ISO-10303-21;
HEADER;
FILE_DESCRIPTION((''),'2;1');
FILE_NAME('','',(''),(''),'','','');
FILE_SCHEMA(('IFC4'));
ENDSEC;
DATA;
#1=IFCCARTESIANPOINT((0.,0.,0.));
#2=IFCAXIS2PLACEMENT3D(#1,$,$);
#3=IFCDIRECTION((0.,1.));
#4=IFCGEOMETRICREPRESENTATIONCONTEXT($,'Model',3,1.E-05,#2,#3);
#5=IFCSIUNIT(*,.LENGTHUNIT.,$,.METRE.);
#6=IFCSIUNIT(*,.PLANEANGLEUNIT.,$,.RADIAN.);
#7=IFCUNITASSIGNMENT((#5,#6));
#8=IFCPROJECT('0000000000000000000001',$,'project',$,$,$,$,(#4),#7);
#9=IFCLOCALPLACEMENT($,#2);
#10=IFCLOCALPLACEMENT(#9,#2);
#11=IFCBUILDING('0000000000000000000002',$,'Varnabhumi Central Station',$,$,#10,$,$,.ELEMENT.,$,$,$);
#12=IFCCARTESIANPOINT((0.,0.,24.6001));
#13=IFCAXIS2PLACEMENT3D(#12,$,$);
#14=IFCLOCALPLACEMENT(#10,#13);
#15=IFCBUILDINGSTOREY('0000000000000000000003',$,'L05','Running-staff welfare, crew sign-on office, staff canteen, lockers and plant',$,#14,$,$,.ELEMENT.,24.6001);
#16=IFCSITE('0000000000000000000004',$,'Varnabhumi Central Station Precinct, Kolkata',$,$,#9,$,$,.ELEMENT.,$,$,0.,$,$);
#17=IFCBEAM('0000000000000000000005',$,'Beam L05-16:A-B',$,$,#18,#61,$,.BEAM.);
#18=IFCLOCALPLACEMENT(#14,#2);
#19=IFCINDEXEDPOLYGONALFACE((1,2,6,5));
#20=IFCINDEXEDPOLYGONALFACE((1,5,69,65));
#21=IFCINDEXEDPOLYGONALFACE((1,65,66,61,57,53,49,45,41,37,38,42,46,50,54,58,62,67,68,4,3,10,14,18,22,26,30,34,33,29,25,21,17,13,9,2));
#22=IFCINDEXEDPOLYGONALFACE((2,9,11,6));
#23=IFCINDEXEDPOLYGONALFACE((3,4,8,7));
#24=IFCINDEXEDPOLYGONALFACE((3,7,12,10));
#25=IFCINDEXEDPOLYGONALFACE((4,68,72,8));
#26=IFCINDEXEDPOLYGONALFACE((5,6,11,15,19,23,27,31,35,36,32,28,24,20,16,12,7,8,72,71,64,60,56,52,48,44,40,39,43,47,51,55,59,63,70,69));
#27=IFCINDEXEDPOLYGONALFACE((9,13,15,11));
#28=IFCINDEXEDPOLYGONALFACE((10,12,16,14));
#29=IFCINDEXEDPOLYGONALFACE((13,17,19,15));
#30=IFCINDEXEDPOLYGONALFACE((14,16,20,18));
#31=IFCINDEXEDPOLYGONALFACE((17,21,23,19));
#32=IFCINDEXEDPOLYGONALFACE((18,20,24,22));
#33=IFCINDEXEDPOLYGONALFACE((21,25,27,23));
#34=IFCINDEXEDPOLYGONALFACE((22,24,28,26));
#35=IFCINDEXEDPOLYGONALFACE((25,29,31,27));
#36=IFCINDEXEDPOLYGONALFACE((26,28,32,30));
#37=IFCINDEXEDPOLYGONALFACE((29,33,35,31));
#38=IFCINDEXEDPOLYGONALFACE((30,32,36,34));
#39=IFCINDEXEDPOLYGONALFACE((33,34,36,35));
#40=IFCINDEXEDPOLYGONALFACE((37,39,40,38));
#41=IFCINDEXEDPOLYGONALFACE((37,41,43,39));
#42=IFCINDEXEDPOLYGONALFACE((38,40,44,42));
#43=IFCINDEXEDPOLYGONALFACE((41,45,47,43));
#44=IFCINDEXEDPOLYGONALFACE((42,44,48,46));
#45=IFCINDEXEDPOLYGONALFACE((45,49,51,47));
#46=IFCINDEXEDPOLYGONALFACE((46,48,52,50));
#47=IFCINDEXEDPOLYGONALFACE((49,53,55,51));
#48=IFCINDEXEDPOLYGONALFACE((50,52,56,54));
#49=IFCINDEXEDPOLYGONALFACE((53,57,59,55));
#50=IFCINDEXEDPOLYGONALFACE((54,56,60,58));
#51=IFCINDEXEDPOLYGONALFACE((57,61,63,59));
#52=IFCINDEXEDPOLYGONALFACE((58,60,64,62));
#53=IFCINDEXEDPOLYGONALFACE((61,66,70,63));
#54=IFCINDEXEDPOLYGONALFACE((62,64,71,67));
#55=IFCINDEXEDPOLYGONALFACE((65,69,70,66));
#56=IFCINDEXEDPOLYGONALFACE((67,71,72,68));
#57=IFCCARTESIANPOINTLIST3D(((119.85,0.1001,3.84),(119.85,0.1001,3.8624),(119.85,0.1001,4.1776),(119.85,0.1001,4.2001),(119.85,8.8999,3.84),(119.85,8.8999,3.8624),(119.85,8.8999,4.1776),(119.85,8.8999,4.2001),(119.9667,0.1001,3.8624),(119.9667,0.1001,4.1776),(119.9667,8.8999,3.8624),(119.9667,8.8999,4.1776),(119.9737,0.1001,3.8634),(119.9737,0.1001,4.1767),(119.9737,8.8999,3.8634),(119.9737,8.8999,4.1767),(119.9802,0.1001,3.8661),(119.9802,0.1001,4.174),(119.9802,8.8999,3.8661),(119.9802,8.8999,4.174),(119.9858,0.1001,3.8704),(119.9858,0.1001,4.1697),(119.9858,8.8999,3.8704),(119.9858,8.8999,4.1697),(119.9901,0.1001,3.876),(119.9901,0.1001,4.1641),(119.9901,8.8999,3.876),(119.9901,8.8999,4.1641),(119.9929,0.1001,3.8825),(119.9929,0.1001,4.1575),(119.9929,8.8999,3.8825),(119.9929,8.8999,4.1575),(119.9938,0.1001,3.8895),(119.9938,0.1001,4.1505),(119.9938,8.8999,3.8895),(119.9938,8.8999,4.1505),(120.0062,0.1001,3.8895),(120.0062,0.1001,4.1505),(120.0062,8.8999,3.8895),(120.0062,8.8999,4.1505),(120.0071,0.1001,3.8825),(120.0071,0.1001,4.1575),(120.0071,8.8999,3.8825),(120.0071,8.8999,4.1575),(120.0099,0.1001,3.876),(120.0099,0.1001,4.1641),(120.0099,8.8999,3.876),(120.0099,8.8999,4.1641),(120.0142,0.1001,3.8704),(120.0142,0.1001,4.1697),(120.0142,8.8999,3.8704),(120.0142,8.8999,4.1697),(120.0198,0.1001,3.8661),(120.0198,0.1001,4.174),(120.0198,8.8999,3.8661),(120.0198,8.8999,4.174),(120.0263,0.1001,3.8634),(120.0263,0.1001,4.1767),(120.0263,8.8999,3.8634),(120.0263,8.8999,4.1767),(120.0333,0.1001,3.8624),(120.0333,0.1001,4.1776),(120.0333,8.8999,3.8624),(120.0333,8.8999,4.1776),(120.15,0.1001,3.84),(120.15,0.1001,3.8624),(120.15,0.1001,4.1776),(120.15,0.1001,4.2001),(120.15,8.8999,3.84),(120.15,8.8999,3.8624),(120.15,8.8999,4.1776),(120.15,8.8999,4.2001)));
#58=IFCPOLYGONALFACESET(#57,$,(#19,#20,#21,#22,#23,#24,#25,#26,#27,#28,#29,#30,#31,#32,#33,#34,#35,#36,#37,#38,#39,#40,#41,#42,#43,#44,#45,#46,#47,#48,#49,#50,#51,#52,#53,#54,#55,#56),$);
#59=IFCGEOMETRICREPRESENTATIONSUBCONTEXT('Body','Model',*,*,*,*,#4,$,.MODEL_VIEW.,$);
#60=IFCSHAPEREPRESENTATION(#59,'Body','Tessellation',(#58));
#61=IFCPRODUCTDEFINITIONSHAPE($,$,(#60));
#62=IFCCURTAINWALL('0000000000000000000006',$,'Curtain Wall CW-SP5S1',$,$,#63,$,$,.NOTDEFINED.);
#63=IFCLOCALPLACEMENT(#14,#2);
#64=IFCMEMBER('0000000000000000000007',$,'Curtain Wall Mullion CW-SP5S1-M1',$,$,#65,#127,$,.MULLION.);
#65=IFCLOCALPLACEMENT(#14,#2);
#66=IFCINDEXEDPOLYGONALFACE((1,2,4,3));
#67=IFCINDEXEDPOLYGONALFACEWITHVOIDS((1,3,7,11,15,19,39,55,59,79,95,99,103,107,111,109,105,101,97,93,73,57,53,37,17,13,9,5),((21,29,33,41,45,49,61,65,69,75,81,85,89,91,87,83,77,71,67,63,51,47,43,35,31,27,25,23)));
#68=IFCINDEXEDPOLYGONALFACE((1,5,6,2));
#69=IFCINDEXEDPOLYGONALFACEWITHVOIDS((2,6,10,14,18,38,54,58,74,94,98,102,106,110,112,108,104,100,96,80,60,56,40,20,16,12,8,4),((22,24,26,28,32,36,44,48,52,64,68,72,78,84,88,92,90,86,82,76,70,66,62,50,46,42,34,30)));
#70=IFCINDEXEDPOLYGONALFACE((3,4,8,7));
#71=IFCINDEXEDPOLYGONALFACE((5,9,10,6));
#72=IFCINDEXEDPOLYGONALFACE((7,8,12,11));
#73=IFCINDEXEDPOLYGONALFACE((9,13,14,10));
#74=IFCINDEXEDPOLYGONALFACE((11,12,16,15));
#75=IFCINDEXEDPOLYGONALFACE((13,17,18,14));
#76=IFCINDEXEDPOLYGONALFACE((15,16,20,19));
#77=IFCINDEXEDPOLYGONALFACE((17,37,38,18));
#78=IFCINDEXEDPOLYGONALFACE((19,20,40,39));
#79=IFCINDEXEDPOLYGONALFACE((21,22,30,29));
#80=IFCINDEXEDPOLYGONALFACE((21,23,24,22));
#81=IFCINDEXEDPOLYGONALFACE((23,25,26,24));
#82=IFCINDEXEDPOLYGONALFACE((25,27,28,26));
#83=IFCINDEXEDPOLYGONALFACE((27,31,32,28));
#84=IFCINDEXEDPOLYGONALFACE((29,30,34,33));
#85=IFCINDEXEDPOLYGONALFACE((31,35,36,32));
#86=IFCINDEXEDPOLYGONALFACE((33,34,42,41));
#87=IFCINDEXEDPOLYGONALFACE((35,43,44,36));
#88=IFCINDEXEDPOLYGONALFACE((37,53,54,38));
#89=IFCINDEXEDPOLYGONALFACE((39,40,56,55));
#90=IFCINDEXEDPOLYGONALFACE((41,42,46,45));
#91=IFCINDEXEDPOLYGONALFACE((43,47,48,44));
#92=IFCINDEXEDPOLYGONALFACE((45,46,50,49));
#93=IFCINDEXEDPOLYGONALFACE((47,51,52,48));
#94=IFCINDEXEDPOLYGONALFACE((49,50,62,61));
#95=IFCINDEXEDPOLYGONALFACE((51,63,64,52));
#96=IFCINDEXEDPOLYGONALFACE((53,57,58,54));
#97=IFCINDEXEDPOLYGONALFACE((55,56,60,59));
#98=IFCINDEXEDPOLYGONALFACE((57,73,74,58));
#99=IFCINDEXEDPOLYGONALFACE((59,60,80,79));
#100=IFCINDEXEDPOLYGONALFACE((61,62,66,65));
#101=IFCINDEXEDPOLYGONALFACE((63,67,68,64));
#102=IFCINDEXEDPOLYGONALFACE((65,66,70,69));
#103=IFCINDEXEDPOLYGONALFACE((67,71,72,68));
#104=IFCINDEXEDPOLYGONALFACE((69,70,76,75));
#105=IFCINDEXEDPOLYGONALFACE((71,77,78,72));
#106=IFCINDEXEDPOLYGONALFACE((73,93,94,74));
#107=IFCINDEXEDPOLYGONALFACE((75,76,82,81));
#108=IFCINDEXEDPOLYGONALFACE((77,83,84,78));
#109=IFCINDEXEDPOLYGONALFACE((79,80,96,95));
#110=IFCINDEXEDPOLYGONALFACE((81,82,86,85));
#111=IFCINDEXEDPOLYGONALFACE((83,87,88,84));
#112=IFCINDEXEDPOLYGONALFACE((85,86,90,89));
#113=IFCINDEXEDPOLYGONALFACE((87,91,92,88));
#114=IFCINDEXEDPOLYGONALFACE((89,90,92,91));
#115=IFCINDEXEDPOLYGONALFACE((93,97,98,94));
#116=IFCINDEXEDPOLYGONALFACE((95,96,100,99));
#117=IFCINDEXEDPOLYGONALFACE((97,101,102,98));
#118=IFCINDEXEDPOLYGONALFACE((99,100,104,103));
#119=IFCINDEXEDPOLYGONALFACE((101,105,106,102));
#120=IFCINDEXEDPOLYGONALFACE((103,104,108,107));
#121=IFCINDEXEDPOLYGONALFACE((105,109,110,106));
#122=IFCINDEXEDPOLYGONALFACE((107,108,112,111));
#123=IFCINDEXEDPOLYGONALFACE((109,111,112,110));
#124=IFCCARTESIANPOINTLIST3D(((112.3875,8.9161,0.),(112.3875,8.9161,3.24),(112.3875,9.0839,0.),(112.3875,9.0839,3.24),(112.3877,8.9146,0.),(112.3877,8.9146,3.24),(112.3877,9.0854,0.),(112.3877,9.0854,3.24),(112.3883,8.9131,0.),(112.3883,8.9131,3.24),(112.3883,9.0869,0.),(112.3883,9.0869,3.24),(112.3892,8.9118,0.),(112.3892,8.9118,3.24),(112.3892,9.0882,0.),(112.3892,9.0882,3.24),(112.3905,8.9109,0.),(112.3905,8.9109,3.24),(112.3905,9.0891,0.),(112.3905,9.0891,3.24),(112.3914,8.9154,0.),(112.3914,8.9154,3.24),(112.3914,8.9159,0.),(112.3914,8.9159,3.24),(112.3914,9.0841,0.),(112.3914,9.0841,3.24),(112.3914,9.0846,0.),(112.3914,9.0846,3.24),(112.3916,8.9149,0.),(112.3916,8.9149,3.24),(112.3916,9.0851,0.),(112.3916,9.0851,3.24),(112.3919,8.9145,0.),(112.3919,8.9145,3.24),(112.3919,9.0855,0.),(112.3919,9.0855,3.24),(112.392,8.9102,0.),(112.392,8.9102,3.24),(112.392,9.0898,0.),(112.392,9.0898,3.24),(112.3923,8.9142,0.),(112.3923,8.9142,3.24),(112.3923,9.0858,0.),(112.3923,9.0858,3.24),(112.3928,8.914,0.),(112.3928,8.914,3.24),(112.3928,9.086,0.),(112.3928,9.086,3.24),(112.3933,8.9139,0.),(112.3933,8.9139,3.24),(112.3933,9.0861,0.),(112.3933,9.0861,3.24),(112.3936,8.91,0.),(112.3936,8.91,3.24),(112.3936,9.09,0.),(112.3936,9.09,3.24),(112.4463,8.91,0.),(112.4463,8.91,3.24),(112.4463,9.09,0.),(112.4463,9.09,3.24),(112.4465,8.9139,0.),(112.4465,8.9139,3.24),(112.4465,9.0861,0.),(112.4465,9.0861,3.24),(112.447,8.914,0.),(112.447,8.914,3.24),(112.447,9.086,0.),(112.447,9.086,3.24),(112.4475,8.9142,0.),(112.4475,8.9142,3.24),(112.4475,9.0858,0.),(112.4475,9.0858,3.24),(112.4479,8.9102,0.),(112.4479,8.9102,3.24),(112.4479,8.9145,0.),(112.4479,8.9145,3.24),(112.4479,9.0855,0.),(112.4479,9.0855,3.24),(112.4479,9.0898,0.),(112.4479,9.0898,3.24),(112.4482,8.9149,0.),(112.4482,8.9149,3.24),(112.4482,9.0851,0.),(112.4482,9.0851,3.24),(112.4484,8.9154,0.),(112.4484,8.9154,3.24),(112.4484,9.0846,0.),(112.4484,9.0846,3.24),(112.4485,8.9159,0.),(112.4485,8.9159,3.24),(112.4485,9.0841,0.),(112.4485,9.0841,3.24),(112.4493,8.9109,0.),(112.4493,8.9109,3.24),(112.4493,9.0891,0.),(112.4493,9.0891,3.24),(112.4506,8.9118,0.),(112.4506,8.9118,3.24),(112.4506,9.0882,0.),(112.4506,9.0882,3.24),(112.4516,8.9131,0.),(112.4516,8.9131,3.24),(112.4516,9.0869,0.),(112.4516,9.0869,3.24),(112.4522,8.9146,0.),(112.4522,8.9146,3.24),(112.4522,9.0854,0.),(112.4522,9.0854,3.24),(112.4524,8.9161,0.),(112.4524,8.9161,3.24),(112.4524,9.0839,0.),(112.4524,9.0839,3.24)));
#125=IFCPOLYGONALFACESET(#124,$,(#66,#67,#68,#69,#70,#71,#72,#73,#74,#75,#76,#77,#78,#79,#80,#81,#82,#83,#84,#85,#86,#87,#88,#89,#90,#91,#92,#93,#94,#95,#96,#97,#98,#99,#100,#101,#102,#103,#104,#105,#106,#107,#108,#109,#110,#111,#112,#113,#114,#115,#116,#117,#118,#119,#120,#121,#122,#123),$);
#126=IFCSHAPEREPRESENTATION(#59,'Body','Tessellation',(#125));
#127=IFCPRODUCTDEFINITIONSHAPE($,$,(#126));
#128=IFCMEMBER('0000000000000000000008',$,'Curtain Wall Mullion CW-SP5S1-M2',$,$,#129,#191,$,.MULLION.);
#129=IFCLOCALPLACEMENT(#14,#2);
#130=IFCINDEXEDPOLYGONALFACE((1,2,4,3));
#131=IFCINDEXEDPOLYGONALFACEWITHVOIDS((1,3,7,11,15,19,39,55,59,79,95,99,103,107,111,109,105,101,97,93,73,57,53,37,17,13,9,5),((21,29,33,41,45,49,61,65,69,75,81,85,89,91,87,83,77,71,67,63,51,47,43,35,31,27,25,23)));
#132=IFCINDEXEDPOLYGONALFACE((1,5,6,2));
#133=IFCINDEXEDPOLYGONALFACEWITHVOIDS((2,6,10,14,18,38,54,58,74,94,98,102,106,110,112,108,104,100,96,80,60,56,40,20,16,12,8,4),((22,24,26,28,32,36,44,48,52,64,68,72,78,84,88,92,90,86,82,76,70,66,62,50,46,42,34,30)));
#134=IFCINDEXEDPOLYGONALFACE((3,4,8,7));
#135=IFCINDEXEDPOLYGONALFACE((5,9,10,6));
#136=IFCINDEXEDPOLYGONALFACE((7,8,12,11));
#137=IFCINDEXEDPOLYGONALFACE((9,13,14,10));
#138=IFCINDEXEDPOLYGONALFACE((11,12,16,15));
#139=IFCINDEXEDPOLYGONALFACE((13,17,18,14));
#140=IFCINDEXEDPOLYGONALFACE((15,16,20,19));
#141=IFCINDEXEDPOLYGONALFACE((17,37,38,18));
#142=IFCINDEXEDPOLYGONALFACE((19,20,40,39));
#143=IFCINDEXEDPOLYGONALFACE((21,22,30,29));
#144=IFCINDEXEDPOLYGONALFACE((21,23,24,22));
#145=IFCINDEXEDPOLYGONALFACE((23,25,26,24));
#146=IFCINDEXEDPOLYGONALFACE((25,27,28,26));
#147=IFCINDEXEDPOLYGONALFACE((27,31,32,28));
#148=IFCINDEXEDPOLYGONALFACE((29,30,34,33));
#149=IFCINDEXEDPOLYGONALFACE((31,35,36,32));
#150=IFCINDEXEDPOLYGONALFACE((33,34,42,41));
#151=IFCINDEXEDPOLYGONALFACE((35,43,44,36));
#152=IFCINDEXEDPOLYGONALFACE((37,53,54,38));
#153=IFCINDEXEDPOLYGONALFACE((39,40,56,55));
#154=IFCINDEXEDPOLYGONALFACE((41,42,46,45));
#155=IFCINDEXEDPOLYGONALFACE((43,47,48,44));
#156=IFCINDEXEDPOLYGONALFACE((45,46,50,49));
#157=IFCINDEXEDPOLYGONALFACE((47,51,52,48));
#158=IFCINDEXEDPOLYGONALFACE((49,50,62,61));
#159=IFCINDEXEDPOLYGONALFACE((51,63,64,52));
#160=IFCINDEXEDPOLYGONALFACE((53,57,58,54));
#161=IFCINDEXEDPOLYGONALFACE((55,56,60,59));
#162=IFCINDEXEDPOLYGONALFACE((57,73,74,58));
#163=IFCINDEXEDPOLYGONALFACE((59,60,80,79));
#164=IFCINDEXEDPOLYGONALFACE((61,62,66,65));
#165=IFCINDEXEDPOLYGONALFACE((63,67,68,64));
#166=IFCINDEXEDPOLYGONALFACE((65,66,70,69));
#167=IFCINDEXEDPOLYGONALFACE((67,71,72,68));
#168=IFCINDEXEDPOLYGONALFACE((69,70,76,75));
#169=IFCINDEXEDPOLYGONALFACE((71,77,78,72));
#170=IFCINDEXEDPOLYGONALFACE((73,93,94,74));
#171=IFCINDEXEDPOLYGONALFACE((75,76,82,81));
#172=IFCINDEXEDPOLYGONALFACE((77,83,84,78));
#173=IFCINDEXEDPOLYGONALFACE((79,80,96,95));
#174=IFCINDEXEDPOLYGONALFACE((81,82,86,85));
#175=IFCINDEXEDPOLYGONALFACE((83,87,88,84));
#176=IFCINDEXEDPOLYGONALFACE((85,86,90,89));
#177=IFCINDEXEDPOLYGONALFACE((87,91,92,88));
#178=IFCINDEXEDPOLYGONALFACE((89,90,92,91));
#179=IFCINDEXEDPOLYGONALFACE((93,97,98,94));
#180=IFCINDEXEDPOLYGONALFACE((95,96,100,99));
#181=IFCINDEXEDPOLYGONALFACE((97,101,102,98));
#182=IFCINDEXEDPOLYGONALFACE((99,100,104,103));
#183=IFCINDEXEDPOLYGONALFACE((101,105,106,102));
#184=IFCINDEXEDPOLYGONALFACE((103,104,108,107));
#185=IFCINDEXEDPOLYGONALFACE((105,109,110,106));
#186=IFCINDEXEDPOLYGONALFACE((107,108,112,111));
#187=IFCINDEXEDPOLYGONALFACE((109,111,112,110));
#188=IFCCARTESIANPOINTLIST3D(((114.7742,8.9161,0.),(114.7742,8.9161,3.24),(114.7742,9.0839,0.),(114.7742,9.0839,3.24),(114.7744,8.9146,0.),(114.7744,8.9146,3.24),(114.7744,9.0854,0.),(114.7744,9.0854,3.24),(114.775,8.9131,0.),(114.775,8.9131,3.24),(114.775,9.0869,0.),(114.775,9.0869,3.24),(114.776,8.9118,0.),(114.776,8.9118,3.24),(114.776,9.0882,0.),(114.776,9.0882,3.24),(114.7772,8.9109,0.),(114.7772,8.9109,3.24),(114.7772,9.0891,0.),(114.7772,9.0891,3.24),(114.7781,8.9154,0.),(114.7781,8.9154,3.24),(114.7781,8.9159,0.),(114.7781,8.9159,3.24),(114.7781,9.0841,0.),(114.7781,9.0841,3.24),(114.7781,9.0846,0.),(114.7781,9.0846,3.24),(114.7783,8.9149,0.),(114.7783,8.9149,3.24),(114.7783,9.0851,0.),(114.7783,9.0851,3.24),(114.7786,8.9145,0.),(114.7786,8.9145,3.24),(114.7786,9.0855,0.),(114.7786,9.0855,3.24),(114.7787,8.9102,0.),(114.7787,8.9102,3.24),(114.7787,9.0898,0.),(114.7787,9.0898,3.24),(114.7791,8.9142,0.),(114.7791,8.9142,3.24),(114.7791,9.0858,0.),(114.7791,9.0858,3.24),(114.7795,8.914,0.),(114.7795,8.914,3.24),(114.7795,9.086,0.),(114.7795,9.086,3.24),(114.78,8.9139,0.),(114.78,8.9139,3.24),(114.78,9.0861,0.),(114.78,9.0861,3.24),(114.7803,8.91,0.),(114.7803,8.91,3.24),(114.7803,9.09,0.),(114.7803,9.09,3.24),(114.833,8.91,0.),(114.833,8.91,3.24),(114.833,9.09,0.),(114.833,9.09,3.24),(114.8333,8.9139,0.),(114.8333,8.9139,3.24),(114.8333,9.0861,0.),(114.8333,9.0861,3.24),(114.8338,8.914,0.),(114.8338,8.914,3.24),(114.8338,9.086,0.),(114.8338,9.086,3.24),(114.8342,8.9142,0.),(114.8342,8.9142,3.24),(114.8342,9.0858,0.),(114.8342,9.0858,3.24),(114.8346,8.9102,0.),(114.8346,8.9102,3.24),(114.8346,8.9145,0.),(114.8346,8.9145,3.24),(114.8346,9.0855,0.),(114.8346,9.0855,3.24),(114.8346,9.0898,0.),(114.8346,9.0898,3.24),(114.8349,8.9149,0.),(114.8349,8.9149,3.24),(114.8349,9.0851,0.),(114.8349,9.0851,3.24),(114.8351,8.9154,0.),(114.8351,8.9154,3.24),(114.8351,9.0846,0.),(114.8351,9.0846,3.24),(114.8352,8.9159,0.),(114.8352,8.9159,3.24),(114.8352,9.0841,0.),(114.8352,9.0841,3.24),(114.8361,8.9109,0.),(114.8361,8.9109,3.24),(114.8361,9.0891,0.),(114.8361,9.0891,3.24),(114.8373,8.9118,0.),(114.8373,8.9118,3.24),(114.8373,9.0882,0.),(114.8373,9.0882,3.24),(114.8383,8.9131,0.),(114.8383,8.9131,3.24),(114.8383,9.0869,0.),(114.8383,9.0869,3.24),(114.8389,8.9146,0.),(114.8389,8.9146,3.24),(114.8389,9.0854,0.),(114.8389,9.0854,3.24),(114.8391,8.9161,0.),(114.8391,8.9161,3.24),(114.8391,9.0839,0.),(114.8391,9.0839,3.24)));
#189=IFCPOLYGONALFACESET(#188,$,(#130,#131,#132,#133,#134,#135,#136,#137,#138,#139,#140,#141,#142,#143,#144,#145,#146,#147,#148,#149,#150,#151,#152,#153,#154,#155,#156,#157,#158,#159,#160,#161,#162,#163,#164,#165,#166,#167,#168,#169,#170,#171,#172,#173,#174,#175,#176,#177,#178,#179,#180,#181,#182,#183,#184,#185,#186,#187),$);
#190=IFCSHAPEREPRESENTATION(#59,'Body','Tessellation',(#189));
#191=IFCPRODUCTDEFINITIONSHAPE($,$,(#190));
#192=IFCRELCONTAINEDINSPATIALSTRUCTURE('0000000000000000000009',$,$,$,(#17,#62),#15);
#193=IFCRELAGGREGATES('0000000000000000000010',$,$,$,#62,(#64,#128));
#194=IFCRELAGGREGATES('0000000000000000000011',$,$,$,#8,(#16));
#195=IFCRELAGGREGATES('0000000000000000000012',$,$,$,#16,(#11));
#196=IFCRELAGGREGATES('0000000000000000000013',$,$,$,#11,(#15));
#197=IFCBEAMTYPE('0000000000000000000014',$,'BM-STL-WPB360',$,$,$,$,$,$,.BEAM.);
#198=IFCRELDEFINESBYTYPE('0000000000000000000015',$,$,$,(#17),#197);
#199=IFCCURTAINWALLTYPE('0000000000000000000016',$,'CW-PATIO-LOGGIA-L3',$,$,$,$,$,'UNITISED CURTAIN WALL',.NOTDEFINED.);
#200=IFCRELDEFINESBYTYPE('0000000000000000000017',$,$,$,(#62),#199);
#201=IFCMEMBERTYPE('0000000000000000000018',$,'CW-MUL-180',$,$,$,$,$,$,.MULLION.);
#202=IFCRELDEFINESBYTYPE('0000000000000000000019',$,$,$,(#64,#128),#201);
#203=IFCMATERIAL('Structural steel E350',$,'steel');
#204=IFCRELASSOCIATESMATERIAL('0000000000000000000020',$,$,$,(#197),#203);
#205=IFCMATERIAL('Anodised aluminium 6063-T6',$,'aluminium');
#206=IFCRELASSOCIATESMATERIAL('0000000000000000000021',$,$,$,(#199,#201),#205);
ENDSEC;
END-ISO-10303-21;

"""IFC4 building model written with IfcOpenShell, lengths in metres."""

from ifc_helpers import new_model, si_unit, direction, frame, origin, origin_2d, place, context, subcontext, project, spatial, hollow_rectangle, i_section, extrude, material, material_profile, profile_set, type_object, element, aggregate, save


model = new_model("IFC4")

# Units and contexts
model_context = context("Model", 3, precision=1e-05, world=origin(), true_north=direction((0.0, 1.0)))
body_context = subcontext(model_context, "Body", "Model", "MODEL_VIEW")
ifc_project = project(units=[si_unit("LENGTHUNIT", "METRE"), si_unit("PLANEANGLEUNIT", "RADIAN")], contexts=[model_context])

# Site, building, storey
site_placement = place(None, origin())
site = spatial("IfcSite", under=ifc_project, at=site_placement, Name="Varnabhumi Central Station Precinct, Kolkata", CompositionType="ELEMENT", RefElevation=0.0)
building_placement = place(site_placement, origin())
building = spatial("IfcBuilding", under=site, at=building_placement, Name="Varnabhumi Central Station", CompositionType="ELEMENT")
storey_placement = place(building_placement, frame((0.0, 0.0, 24.6001)))
storey = spatial("IfcBuildingStorey", under=building, at=storey_placement, Name="L05", Description="Running-staff welfare, crew sign-on office, staff canteen, lockers and plant", CompositionType="ELEMENT", Elevation=24.6001)

# Beam
ifc_material_1 = material(Name="Structural steel E350", Category="steel")
ifc_material_profile_1 = material_profile(ifc_material_1, i_section(OverallWidth=0.3, OverallDepth=0.3601, WebThickness=0.0125, FlangeThickness=0.0225, FilletRadius=0.0271, at=origin_2d()), Name="Structural steel E350", Category="steel")
ifc_profile_set_1 = profile_set([ifc_material_profile_1], Name="Structural steel E350")
beam_type_1 = type_object("IfcBeamType", Name="BM-STL-WPB360", PredefinedType="BEAM", material=ifc_profile_set_1)
beam_1_placement = place(storey_placement, frame((120.0, 0.1001, 4.02), z_axis=(0.0, 1.0, 0.0), x_axis=(-1.0, 0.0, 0.0)))
element("IfcBeam", 1, at=beam_1_placement, inside=storey, type_object=beam_type_1, Name="Beam L05-16:A-B", PredefinedType="BEAM", context=body_context, shape_type="SweptSolid", body=[
    extrude(i_section(OverallWidth=0.3, OverallDepth=0.3601, WebThickness=0.0125, FlangeThickness=0.0225, FilletRadius=0.0271, at=origin_2d()), origin(), (0.0, 0.0, 1.0), 8.7998),
])

# Curtain wall, members
ifc_material_2 = material(Name="Anodised aluminium 6063-T6", Category="aluminium")
curtain_wall_type = type_object("IfcCurtainWallType", Name="CW-PATIO-LOGGIA-L3", ElementType="UNITISED CURTAIN WALL", PredefinedType="NOTDEFINED", material=ifc_material_2)
curtain_wall_placement = place(storey_placement, origin())
curtain_wall = element("IfcCurtainWall", 2, at=curtain_wall_placement, inside=storey, type_object=curtain_wall_type, Name="Curtain Wall CW-SP5S1", PredefinedType="NOTDEFINED")
ifc_material_profile_2 = material_profile(ifc_material_2, hollow_rectangle(XDim=0.0649, YDim=0.1799, WallThickness=0.0039, InnerFilletRadius=0.002, OuterFilletRadius=0.0061, at=origin_2d()), Name="Anodised aluminium 6063-T6", Category="aluminium")
ifc_profile_set_2 = profile_set([ifc_material_profile_2], Name="Anodised aluminium 6063-T6")
member_type_1 = type_object("IfcMemberType", Name="CW-MUL-180", PredefinedType="MULLION", material=ifc_profile_set_2)
member_1_placement = place(storey_placement, frame((112.4199, 9.0, 0.0), z_axis=(0.0, 0.0, 1.0), x_axis=(1.0, 0.0, 0.0)))
member_1 = element("IfcMember", 3, at=member_1_placement, type_object=member_type_1, Name="Curtain Wall Mullion CW-SP5S1-M1", PredefinedType="MULLION", context=body_context, shape_type="SweptSolid", body=[
    extrude(hollow_rectangle(XDim=0.0649, YDim=0.1799, WallThickness=0.0039, InnerFilletRadius=0.002, OuterFilletRadius=0.0061, at=origin_2d()), origin(), (0.0, 0.0, 1.0), 3.24),
])
member_2_placement = place(storey_placement, frame((114.8066, 9.0, 0.0), z_axis=(0.0, 0.0, 1.0), x_axis=(1.0, 0.0, 0.0)))
member_2 = element("IfcMember", 4, at=member_2_placement, type_object=member_type_1, Name="Curtain Wall Mullion CW-SP5S1-M2", PredefinedType="MULLION", context=body_context, shape_type="SweptSolid", body=[
    extrude(hollow_rectangle(XDim=0.0649, YDim=0.1799, WallThickness=0.0039, InnerFilletRadius=0.002, OuterFilletRadius=0.0061, at=origin_2d()), origin(), (0.0, 0.0, 1.0), 3.24),
])

aggregate(curtain_wall, [member_1, member_2])

save(model, "model.ifc")
